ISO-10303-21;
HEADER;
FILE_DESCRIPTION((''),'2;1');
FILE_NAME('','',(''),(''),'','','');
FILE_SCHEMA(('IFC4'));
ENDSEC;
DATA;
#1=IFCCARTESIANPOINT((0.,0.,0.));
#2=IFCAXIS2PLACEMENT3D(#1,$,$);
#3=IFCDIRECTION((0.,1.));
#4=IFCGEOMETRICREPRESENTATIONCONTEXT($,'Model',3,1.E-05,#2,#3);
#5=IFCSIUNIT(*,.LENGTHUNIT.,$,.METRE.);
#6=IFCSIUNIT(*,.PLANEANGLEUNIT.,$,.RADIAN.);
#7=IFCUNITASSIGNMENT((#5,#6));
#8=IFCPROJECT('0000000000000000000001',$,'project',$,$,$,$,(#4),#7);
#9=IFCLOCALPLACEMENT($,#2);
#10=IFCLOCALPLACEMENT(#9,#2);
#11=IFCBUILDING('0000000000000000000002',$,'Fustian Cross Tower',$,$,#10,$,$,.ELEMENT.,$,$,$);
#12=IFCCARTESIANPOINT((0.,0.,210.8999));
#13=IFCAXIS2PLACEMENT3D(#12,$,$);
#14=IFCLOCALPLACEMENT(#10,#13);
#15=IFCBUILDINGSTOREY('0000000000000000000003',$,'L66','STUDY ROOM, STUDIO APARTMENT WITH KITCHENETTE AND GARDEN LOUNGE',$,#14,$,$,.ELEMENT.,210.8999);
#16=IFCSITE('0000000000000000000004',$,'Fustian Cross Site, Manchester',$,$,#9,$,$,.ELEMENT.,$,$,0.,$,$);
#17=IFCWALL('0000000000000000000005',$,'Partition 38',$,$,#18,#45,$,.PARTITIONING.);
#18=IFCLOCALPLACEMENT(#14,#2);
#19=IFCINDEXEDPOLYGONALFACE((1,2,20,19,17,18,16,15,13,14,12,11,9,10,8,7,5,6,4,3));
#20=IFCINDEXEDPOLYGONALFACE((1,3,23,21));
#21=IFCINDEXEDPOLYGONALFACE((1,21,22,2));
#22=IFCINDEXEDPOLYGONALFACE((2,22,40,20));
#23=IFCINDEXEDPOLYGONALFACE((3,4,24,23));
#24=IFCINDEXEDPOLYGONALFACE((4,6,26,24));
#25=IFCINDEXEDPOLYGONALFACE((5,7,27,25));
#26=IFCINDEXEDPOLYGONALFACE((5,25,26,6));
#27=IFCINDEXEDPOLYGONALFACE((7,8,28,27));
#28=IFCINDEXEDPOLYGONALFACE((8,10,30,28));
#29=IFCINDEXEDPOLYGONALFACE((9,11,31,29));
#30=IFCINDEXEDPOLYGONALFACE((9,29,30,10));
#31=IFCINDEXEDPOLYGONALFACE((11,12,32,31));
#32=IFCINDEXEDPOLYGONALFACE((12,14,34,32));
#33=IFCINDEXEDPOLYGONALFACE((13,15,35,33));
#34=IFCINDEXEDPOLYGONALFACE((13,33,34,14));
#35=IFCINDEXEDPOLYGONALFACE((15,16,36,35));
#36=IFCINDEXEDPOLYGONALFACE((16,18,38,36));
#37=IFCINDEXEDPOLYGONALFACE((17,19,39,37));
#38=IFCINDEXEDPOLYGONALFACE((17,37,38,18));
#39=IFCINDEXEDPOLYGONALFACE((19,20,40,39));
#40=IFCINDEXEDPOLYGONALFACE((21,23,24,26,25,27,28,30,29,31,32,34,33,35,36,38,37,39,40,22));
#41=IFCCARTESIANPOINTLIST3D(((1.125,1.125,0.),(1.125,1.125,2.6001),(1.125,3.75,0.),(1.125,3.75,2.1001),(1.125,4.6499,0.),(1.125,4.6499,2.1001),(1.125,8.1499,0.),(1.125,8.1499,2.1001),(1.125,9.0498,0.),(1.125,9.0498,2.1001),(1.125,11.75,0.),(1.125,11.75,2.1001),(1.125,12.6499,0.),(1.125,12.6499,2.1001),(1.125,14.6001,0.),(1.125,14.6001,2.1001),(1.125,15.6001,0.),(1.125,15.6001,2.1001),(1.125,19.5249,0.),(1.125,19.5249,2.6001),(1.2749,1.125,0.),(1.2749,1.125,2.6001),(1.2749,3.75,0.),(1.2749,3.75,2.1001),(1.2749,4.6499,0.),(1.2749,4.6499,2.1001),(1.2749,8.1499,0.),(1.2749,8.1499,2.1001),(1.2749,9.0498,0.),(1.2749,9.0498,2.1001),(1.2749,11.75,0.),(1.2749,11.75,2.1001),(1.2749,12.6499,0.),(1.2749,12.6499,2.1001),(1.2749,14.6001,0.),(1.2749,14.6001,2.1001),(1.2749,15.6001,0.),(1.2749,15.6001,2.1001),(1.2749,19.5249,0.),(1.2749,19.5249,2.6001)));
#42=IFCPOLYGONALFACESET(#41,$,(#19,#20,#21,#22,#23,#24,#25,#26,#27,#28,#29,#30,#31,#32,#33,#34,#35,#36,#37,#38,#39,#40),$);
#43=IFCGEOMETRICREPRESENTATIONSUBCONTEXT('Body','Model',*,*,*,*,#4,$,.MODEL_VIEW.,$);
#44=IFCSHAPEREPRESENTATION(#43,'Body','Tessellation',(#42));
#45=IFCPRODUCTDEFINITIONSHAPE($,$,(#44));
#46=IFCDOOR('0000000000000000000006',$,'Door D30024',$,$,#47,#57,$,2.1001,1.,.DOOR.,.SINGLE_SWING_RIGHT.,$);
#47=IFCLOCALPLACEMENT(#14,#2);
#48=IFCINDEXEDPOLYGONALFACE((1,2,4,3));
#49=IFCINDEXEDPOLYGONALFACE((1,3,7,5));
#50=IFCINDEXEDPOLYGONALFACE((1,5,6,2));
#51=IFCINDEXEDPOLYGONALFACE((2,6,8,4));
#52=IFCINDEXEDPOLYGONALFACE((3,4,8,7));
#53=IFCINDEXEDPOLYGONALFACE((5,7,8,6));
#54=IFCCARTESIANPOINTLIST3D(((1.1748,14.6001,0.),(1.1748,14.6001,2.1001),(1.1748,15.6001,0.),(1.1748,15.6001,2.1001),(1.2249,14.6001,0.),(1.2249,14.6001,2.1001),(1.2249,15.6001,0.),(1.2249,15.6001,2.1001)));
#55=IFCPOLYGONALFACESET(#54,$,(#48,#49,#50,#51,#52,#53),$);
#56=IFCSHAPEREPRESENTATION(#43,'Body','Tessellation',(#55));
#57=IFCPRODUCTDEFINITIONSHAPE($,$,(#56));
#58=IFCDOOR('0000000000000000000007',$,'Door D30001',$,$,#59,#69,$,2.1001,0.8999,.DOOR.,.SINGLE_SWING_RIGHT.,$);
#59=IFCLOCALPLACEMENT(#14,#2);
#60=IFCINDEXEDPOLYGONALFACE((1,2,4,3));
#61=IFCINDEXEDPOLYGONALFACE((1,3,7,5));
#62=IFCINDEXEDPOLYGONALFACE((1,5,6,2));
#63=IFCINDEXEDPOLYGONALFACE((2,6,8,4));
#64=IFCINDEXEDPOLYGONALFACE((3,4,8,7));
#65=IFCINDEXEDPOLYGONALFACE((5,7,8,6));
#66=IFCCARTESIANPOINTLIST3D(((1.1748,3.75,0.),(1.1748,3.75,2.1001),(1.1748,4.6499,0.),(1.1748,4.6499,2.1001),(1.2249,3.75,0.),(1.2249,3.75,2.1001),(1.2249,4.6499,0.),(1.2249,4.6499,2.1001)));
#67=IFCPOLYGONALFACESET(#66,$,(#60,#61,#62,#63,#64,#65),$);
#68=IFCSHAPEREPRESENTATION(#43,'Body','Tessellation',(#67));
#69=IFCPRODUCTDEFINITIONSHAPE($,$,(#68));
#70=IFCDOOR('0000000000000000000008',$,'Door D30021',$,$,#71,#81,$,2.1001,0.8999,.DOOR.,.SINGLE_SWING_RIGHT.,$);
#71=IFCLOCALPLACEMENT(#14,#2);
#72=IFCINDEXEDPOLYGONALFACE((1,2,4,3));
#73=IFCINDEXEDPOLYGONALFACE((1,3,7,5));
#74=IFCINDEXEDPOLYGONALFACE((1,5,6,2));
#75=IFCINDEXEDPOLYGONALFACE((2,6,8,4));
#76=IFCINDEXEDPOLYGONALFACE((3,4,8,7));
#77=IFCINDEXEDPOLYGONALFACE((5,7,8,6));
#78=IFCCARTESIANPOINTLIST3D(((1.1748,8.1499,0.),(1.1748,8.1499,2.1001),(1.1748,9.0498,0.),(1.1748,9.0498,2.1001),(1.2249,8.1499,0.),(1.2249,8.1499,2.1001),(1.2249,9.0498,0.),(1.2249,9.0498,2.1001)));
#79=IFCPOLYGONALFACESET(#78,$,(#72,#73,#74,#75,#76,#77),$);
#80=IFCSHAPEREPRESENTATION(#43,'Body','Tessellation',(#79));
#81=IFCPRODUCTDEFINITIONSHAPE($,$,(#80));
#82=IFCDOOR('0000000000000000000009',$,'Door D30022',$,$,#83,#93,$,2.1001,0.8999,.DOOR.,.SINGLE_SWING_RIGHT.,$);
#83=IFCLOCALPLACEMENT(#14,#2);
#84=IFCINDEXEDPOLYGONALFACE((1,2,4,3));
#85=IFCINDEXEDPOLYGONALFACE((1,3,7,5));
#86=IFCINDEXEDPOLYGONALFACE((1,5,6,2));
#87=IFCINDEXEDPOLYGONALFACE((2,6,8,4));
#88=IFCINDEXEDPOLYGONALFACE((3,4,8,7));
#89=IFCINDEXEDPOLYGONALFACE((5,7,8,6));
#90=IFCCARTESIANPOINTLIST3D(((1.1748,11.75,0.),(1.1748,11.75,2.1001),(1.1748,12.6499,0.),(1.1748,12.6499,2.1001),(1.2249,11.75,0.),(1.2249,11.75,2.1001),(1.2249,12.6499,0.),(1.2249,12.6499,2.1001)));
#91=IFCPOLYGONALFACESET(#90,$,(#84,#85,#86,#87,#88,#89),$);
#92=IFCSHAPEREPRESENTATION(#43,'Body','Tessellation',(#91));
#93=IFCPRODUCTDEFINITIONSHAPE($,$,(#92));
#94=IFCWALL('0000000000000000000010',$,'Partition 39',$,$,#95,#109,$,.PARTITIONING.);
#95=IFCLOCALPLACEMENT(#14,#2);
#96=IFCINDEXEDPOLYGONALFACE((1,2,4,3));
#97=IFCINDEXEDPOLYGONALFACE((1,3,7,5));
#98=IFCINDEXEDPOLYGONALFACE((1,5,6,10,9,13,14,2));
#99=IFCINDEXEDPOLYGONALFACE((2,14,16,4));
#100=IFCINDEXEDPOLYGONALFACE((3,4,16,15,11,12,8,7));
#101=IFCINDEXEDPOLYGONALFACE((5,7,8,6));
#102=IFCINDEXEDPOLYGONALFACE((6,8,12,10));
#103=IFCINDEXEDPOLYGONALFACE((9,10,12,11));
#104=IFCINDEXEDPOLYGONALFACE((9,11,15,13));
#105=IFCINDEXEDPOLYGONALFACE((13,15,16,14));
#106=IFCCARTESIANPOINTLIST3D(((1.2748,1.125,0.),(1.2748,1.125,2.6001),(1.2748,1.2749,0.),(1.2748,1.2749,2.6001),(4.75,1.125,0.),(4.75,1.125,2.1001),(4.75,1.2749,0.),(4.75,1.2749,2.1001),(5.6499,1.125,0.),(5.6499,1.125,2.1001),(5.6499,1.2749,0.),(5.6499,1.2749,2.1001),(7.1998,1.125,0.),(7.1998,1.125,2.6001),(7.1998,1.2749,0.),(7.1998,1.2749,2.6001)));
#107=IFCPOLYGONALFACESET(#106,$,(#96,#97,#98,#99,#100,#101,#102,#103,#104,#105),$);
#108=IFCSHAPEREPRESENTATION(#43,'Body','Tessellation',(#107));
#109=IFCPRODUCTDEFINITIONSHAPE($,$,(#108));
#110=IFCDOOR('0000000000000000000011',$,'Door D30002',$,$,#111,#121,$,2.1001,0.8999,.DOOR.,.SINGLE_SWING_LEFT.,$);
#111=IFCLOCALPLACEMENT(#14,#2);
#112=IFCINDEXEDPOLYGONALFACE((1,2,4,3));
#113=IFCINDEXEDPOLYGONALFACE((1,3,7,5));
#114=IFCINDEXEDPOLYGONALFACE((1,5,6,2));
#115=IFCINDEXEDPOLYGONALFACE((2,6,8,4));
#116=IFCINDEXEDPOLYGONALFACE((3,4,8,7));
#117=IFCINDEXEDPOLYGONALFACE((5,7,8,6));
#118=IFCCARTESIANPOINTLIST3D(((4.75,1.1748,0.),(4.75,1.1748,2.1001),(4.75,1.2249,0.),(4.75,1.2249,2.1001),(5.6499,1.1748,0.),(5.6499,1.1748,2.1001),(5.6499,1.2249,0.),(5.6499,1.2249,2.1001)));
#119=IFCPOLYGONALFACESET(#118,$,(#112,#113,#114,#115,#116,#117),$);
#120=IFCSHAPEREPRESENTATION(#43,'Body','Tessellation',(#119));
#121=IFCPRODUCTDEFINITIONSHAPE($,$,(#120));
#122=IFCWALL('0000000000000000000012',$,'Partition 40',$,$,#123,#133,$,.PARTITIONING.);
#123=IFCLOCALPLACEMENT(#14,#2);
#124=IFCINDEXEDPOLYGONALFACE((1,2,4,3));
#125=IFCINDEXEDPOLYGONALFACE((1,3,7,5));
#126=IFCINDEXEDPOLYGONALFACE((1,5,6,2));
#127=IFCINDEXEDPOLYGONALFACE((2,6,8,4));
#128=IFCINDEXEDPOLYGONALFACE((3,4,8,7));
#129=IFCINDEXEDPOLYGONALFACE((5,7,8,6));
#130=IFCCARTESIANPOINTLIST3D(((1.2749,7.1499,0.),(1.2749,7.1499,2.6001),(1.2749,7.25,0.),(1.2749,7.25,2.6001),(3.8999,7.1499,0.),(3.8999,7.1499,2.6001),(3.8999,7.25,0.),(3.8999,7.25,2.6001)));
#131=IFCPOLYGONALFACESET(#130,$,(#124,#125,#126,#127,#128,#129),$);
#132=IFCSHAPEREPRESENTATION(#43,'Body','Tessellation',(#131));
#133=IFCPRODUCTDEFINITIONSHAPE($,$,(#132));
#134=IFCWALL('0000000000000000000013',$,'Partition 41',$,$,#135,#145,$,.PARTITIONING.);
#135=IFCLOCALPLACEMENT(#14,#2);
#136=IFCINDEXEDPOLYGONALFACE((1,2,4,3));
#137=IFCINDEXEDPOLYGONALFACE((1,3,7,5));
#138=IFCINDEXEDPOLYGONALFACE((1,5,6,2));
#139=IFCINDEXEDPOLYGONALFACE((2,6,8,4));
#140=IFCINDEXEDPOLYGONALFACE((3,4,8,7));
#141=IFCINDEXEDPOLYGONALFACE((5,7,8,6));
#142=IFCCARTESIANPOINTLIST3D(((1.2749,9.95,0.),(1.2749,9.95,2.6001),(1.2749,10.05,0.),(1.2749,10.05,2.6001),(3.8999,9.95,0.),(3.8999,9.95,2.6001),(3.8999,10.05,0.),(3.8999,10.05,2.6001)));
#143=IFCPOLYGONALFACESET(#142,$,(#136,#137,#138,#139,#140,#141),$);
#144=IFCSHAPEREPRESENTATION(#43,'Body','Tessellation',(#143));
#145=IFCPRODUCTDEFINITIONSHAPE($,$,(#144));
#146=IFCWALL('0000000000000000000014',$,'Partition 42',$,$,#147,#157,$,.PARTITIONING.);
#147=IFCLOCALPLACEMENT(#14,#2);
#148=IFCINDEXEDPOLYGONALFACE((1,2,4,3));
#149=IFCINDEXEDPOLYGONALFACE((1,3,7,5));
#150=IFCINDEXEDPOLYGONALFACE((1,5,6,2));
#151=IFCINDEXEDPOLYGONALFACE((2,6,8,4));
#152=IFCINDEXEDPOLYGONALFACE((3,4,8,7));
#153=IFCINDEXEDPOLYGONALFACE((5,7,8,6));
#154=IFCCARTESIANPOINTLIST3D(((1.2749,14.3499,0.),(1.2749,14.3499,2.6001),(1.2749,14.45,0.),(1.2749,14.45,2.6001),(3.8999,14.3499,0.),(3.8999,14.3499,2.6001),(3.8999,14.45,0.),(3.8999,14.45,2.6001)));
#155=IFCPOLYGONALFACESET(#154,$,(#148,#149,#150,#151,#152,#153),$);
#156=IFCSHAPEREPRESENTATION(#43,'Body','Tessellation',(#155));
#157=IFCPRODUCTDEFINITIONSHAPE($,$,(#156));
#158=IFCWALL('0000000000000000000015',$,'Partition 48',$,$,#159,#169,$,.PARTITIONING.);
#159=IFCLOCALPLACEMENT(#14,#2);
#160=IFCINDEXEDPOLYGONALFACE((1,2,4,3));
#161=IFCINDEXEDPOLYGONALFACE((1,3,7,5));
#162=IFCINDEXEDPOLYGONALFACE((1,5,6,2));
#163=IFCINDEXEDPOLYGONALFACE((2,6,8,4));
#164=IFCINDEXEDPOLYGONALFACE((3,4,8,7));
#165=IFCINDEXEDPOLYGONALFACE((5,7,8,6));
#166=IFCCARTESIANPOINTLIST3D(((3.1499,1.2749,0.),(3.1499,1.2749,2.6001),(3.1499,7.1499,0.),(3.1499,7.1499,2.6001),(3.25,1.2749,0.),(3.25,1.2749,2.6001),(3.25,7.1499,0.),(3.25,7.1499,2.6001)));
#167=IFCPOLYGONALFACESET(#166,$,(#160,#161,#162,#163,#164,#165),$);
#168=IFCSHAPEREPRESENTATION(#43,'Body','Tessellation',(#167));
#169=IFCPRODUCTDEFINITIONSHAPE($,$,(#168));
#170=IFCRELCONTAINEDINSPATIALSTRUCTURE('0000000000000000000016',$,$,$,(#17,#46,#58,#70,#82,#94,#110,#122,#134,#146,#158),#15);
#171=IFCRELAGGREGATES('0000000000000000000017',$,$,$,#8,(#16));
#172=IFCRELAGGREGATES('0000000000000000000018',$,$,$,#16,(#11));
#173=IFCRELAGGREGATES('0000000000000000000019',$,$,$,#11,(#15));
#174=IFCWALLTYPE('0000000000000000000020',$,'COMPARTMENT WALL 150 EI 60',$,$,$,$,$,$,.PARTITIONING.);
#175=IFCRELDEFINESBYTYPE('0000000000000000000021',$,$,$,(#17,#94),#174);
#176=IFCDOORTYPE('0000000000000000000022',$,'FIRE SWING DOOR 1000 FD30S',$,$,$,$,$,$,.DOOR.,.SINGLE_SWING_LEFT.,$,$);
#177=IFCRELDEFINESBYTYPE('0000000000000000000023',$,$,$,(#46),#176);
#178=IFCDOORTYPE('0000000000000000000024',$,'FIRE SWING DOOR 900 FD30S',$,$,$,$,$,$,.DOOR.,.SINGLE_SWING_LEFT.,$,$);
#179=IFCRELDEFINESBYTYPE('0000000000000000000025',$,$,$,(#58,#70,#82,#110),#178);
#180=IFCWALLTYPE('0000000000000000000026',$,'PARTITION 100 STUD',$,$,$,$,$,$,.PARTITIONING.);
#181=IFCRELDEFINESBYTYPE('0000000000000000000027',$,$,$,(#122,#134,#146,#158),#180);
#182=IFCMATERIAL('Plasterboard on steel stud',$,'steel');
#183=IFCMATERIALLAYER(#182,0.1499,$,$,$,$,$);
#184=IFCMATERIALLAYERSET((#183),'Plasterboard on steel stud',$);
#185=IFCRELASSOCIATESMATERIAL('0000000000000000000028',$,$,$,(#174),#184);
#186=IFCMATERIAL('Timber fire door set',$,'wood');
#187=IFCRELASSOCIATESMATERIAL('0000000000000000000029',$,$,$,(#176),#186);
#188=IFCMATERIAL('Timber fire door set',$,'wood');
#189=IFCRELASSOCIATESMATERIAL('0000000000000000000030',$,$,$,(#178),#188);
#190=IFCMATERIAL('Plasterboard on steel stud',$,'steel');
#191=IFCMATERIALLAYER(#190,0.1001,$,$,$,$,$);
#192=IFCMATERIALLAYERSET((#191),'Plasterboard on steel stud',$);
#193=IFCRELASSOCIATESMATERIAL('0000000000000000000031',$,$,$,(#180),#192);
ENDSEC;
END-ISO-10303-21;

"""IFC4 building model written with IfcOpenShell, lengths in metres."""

from ifc_helpers import new_model, si_unit, direction, frame, frame_2d, origin, place, context, subcontext, project, spatial, rectangle, extrude, material, layer, layer_set, type_object, element, fill, save


model = new_model("IFC4")

# Units and contexts
model_context = context("Model", 3, precision=1e-05, world=origin(), true_north=direction((0.0, 1.0)))
body_context = subcontext(model_context, "Body", "Model", "MODEL_VIEW")
ifc_project = project(units=[si_unit("LENGTHUNIT", "METRE"), si_unit("PLANEANGLEUNIT", "RADIAN")], contexts=[model_context])

# Site, building, storey
site_placement = place(None, origin())
site = spatial("IfcSite", under=ifc_project, at=site_placement, Name="Fustian Cross Site, Manchester", CompositionType="ELEMENT", RefElevation=0.0)
building_placement = place(site_placement, origin())
building = spatial("IfcBuilding", under=site, at=building_placement, Name="Fustian Cross Tower", CompositionType="ELEMENT")
storey_placement = place(building_placement, frame((0.0, 0.0, 210.8999)))
storey = spatial("IfcBuildingStorey", under=building, at=storey_placement, Name="L66", Description="STUDY ROOM, STUDIO APARTMENT WITH KITCHENETTE AND GARDEN LOUNGE", CompositionType="ELEMENT", Elevation=210.8999)

# Wall, openings, doors
ifc_material_1 = material(Name="Plasterboard on steel stud", Category="steel")
ifc_layer_1 = layer(ifc_material_1, 0.1499)
ifc_layer_set_1 = layer_set([ifc_layer_1], Name="Plasterboard on steel stud")
wall_type_1 = type_object("IfcWallType", Name="COMPARTMENT WALL 150 EI 60", PredefinedType="PARTITIONING", material=ifc_layer_set_1)
wall_1_placement = place(storey_placement, frame((1.2, 1.125, 0.0), z_axis=(0.0, 0.0, 1.0), x_axis=(0.0, 1.0, 0.0)))
wall_1 = element("IfcWall", 1, at=wall_1_placement, inside=storey, type_object=wall_type_1, Name="Partition 38", PredefinedType="PARTITIONING", context=body_context, shape_type="SweptSolid", body=[
    extrude(rectangle(XDim=18.3999, YDim=0.1499, at=frame_2d((9.2, 0.0))), origin(), (0.0, 0.0, 1.0), 2.6001),
])
opening_1_placement = place(wall_1_placement, frame((2.625, 0.0, 0.0)))
opening_1 = element("IfcOpeningElement", 2, at=opening_1_placement, cuts=wall_1, PredefinedType="OPENING", context=body_context, shape_type="SweptSolid", body=[
    extrude(rectangle(XDim=0.8999, YDim=2.1001, at=frame_2d((0.45, 1.05))), frame((0.0, 0.085, 0.0), z_axis=(0.0, -1.0, 0.0), x_axis=(1.0, 0.0, 0.0)), (0.0, 0.0, 1.0), 0.1699),
])
opening_2_placement = place(wall_1_placement, frame((7.0249, 0.0, 0.0)))
opening_2 = element("IfcOpeningElement", 3, at=opening_2_placement, cuts=wall_1, PredefinedType="OPENING", context=body_context, shape_type="SweptSolid", body=[
    extrude(rectangle(XDim=0.8999, YDim=2.1001, at=frame_2d((0.45, 1.05))), frame((0.0, 0.085, 0.0), z_axis=(0.0, -1.0, 0.0), x_axis=(1.0, 0.0, 0.0)), (0.0, 0.0, 1.0), 0.1699),
])
opening_3_placement = place(wall_1_placement, frame((10.625, 0.0, 0.0)))
opening_3 = element("IfcOpeningElement", 4, at=opening_3_placement, cuts=wall_1, PredefinedType="OPENING", context=body_context, shape_type="SweptSolid", body=[
    extrude(rectangle(XDim=0.8999, YDim=2.1001, at=frame_2d((0.45, 1.05))), frame((0.0, 0.085, 0.0), z_axis=(0.0, -1.0, 0.0), x_axis=(1.0, 0.0, 0.0)), (0.0, 0.0, 1.0), 0.1699),
])
opening_4_placement = place(wall_1_placement, frame((13.4751, 0.0, 0.0)))
opening_4 = element("IfcOpeningElement", 5, at=opening_4_placement, cuts=wall_1, PredefinedType="OPENING", context=body_context, shape_type="SweptSolid", body=[
    extrude(rectangle(XDim=1.0, YDim=2.1001, at=frame_2d((0.5, 1.05))), frame((0.0, 0.085, 0.0), z_axis=(0.0, -1.0, 0.0), x_axis=(1.0, 0.0, 0.0)), (0.0, 0.0, 1.0), 0.1699),
])
ifc_material_2 = material(Name="Timber fire door set", Category="wood")
door_type_1 = type_object("IfcDoorType", Name="FIRE SWING DOOR 1000 FD30S", OperationType="SINGLE_SWING_LEFT", PredefinedType="DOOR", material=ifc_material_2)
door_1_placement = place(opening_4_placement, frame((1.0, 0.0, 0.0), z_axis=(0.0, 0.0, 1.0), x_axis=(-1.0, 0.0, 0.0)))
door_1 = element("IfcDoor", 6, at=door_1_placement, inside=storey, type_object=door_type_1, Name="Door D30024", OperationType="SINGLE_SWING_RIGHT", OverallHeight=2.1001, OverallWidth=1.0, PredefinedType="DOOR", context=body_context, shape_type="SweptSolid", body=[
    extrude(rectangle(XDim=1.0, YDim=2.1001, at=frame_2d((0.5, 1.05))), frame((0.0, 0.0249, 0.0), z_axis=(0.0, -1.0, 0.0), x_axis=(1.0, 0.0, 0.0)), (0.0, 0.0, 1.0), 0.05),
])
fill(opening_4, door_1)
ifc_material_3 = material(Name="Timber fire door set", Category="wood")
door_type_2 = type_object("IfcDoorType", Name="FIRE SWING DOOR 900 FD30S", OperationType="SINGLE_SWING_LEFT", PredefinedType="DOOR", material=ifc_material_3)
door_2_placement = place(opening_1_placement, frame((0.8999, 0.0, 0.0), z_axis=(0.0, 0.0, 1.0), x_axis=(-1.0, 0.0, 0.0)))
door_2 = element("IfcDoor", 7, at=door_2_placement, inside=storey, type_object=door_type_2, Name="Door D30001", OperationType="SINGLE_SWING_RIGHT", OverallHeight=2.1001, OverallWidth=0.8999, PredefinedType="DOOR", context=body_context, shape_type="SweptSolid", body=[
    extrude(rectangle(XDim=0.8999, YDim=2.1001, at=frame_2d((0.45, 1.05))), frame((0.0, 0.0249, 0.0), z_axis=(0.0, -1.0, 0.0), x_axis=(1.0, 0.0, 0.0)), (0.0, 0.0, 1.0), 0.05),
])
fill(opening_1, door_2)
door_3_placement = place(opening_2_placement, frame((0.8999, 0.0, 0.0), z_axis=(0.0, 0.0, 1.0), x_axis=(-1.0, 0.0, 0.0)))
door_3 = element("IfcDoor", 8, at=door_3_placement, inside=storey, type_object=door_type_2, Name="Door D30021", OperationType="SINGLE_SWING_RIGHT", OverallHeight=2.1001, OverallWidth=0.8999, PredefinedType="DOOR", context=body_context, shape_type="SweptSolid", body=[
    extrude(rectangle(XDim=0.8999, YDim=2.1001, at=frame_2d((0.45, 1.05))), frame((0.0, 0.0249, 0.0), z_axis=(0.0, -1.0, 0.0), x_axis=(1.0, 0.0, 0.0)), (0.0, 0.0, 1.0), 0.05),
])
fill(opening_2, door_3)
door_4_placement = place(opening_3_placement, frame((0.8999, 0.0, 0.0), z_axis=(0.0, 0.0, 1.0), x_axis=(-1.0, 0.0, 0.0)))
door_4 = element("IfcDoor", 9, at=door_4_placement, inside=storey, type_object=door_type_2, Name="Door D30022", OperationType="SINGLE_SWING_RIGHT", OverallHeight=2.1001, OverallWidth=0.8999, PredefinedType="DOOR", context=body_context, shape_type="SweptSolid", body=[
    extrude(rectangle(XDim=0.8999, YDim=2.1001, at=frame_2d((0.45, 1.05))), frame((0.0, 0.0249, 0.0), z_axis=(0.0, -1.0, 0.0), x_axis=(1.0, 0.0, 0.0)), (0.0, 0.0, 1.0), 0.05),
])
fill(opening_3, door_4)

# Wall, opening, door
wall_2_placement = place(storey_placement, frame((1.2749, 1.2, 0.0), z_axis=(0.0, 0.0, 1.0), x_axis=(1.0, 0.0, 0.0)))
wall_2 = element("IfcWall", 10, at=wall_2_placement, inside=storey, type_object=wall_type_1, Name="Partition 39", PredefinedType="PARTITIONING", context=body_context, shape_type="SweptSolid", body=[
    extrude(rectangle(XDim=5.925, YDim=0.1499, at=frame_2d((2.9624, 0.0))), origin(), (0.0, 0.0, 1.0), 2.6001),
])
opening_5_placement = place(wall_2_placement, frame((3.4751, 0.0, 0.0)))
opening_5 = element("IfcOpeningElement", 11, at=opening_5_placement, cuts=wall_2, PredefinedType="OPENING", context=body_context, shape_type="SweptSolid", body=[
    extrude(rectangle(XDim=0.8999, YDim=2.1001, at=frame_2d((0.45, 1.05))), frame((0.0, 0.085, 0.0), z_axis=(0.0, -1.0, 0.0), x_axis=(1.0, 0.0, 0.0)), (0.0, 0.0, 1.0), 0.1699),
])
door_5_placement = place(opening_5_placement, origin())
door_5 = element("IfcDoor", 12, at=door_5_placement, inside=storey, type_object=door_type_2, Name="Door D30002", OperationType="SINGLE_SWING_LEFT", OverallHeight=2.1001, OverallWidth=0.8999, PredefinedType="DOOR", context=body_context, shape_type="SweptSolid", body=[
    extrude(rectangle(XDim=0.8999, YDim=2.1001, at=frame_2d((0.45, 1.05))), frame((0.0, 0.0249, 0.0), z_axis=(0.0, -1.0, 0.0), x_axis=(1.0, 0.0, 0.0)), (0.0, 0.0, 1.0), 0.05),
])
fill(opening_5, door_5)

# Walls
ifc_material_4 = material(Name="Plasterboard on steel stud", Category="steel")
ifc_layer_2 = layer(ifc_material_4, 0.1001)
ifc_layer_set_2 = layer_set([ifc_layer_2], Name="Plasterboard on steel stud")
wall_type_2 = type_object("IfcWallType", Name="PARTITION 100 STUD", PredefinedType="PARTITIONING", material=ifc_layer_set_2)
for number, where, z_axis, x_axis, name in (
    (13, (1.2749, 7.2, 0.0), (0.0, 0.0, 1.0), (1.0, 0.0, 0.0), "Partition 40"),
    (14, (1.2749, 10.0, 0.0), (0.0, 0.0, 1.0), (1.0, 0.0, 0.0), "Partition 41"),
    (15, (1.2749, 14.3999, 0.0), (0.0, 0.0, 1.0), (1.0, 0.0, 0.0), "Partition 42"),
):
    element("IfcWall", number, at=place(storey_placement, frame(where, z_axis=z_axis, x_axis=x_axis)), inside=storey, type_object=wall_type_2, Name=name, PredefinedType="PARTITIONING", context=body_context, shape_type="SweptSolid", body=[
        extrude(rectangle(XDim=2.625, YDim=0.1001, at=frame_2d((1.3125, 0.0))), origin(), (0.0, 0.0, 1.0), 2.6001),
    ])
wall_3_placement = place(storey_placement, frame((3.2, 1.2749, 0.0), z_axis=(0.0, 0.0, 1.0), x_axis=(0.0, 1.0, 0.0)))
element("IfcWall", 16, at=wall_3_placement, inside=storey, type_object=wall_type_2, Name="Partition 48", PredefinedType="PARTITIONING", context=body_context, shape_type="SweptSolid", body=[
    extrude(rectangle(XDim=5.875, YDim=0.1001, at=frame_2d((2.9375, 0.0))), origin(), (0.0, 0.0, 1.0), 2.6001),
])

save(model, "model.ifc")
